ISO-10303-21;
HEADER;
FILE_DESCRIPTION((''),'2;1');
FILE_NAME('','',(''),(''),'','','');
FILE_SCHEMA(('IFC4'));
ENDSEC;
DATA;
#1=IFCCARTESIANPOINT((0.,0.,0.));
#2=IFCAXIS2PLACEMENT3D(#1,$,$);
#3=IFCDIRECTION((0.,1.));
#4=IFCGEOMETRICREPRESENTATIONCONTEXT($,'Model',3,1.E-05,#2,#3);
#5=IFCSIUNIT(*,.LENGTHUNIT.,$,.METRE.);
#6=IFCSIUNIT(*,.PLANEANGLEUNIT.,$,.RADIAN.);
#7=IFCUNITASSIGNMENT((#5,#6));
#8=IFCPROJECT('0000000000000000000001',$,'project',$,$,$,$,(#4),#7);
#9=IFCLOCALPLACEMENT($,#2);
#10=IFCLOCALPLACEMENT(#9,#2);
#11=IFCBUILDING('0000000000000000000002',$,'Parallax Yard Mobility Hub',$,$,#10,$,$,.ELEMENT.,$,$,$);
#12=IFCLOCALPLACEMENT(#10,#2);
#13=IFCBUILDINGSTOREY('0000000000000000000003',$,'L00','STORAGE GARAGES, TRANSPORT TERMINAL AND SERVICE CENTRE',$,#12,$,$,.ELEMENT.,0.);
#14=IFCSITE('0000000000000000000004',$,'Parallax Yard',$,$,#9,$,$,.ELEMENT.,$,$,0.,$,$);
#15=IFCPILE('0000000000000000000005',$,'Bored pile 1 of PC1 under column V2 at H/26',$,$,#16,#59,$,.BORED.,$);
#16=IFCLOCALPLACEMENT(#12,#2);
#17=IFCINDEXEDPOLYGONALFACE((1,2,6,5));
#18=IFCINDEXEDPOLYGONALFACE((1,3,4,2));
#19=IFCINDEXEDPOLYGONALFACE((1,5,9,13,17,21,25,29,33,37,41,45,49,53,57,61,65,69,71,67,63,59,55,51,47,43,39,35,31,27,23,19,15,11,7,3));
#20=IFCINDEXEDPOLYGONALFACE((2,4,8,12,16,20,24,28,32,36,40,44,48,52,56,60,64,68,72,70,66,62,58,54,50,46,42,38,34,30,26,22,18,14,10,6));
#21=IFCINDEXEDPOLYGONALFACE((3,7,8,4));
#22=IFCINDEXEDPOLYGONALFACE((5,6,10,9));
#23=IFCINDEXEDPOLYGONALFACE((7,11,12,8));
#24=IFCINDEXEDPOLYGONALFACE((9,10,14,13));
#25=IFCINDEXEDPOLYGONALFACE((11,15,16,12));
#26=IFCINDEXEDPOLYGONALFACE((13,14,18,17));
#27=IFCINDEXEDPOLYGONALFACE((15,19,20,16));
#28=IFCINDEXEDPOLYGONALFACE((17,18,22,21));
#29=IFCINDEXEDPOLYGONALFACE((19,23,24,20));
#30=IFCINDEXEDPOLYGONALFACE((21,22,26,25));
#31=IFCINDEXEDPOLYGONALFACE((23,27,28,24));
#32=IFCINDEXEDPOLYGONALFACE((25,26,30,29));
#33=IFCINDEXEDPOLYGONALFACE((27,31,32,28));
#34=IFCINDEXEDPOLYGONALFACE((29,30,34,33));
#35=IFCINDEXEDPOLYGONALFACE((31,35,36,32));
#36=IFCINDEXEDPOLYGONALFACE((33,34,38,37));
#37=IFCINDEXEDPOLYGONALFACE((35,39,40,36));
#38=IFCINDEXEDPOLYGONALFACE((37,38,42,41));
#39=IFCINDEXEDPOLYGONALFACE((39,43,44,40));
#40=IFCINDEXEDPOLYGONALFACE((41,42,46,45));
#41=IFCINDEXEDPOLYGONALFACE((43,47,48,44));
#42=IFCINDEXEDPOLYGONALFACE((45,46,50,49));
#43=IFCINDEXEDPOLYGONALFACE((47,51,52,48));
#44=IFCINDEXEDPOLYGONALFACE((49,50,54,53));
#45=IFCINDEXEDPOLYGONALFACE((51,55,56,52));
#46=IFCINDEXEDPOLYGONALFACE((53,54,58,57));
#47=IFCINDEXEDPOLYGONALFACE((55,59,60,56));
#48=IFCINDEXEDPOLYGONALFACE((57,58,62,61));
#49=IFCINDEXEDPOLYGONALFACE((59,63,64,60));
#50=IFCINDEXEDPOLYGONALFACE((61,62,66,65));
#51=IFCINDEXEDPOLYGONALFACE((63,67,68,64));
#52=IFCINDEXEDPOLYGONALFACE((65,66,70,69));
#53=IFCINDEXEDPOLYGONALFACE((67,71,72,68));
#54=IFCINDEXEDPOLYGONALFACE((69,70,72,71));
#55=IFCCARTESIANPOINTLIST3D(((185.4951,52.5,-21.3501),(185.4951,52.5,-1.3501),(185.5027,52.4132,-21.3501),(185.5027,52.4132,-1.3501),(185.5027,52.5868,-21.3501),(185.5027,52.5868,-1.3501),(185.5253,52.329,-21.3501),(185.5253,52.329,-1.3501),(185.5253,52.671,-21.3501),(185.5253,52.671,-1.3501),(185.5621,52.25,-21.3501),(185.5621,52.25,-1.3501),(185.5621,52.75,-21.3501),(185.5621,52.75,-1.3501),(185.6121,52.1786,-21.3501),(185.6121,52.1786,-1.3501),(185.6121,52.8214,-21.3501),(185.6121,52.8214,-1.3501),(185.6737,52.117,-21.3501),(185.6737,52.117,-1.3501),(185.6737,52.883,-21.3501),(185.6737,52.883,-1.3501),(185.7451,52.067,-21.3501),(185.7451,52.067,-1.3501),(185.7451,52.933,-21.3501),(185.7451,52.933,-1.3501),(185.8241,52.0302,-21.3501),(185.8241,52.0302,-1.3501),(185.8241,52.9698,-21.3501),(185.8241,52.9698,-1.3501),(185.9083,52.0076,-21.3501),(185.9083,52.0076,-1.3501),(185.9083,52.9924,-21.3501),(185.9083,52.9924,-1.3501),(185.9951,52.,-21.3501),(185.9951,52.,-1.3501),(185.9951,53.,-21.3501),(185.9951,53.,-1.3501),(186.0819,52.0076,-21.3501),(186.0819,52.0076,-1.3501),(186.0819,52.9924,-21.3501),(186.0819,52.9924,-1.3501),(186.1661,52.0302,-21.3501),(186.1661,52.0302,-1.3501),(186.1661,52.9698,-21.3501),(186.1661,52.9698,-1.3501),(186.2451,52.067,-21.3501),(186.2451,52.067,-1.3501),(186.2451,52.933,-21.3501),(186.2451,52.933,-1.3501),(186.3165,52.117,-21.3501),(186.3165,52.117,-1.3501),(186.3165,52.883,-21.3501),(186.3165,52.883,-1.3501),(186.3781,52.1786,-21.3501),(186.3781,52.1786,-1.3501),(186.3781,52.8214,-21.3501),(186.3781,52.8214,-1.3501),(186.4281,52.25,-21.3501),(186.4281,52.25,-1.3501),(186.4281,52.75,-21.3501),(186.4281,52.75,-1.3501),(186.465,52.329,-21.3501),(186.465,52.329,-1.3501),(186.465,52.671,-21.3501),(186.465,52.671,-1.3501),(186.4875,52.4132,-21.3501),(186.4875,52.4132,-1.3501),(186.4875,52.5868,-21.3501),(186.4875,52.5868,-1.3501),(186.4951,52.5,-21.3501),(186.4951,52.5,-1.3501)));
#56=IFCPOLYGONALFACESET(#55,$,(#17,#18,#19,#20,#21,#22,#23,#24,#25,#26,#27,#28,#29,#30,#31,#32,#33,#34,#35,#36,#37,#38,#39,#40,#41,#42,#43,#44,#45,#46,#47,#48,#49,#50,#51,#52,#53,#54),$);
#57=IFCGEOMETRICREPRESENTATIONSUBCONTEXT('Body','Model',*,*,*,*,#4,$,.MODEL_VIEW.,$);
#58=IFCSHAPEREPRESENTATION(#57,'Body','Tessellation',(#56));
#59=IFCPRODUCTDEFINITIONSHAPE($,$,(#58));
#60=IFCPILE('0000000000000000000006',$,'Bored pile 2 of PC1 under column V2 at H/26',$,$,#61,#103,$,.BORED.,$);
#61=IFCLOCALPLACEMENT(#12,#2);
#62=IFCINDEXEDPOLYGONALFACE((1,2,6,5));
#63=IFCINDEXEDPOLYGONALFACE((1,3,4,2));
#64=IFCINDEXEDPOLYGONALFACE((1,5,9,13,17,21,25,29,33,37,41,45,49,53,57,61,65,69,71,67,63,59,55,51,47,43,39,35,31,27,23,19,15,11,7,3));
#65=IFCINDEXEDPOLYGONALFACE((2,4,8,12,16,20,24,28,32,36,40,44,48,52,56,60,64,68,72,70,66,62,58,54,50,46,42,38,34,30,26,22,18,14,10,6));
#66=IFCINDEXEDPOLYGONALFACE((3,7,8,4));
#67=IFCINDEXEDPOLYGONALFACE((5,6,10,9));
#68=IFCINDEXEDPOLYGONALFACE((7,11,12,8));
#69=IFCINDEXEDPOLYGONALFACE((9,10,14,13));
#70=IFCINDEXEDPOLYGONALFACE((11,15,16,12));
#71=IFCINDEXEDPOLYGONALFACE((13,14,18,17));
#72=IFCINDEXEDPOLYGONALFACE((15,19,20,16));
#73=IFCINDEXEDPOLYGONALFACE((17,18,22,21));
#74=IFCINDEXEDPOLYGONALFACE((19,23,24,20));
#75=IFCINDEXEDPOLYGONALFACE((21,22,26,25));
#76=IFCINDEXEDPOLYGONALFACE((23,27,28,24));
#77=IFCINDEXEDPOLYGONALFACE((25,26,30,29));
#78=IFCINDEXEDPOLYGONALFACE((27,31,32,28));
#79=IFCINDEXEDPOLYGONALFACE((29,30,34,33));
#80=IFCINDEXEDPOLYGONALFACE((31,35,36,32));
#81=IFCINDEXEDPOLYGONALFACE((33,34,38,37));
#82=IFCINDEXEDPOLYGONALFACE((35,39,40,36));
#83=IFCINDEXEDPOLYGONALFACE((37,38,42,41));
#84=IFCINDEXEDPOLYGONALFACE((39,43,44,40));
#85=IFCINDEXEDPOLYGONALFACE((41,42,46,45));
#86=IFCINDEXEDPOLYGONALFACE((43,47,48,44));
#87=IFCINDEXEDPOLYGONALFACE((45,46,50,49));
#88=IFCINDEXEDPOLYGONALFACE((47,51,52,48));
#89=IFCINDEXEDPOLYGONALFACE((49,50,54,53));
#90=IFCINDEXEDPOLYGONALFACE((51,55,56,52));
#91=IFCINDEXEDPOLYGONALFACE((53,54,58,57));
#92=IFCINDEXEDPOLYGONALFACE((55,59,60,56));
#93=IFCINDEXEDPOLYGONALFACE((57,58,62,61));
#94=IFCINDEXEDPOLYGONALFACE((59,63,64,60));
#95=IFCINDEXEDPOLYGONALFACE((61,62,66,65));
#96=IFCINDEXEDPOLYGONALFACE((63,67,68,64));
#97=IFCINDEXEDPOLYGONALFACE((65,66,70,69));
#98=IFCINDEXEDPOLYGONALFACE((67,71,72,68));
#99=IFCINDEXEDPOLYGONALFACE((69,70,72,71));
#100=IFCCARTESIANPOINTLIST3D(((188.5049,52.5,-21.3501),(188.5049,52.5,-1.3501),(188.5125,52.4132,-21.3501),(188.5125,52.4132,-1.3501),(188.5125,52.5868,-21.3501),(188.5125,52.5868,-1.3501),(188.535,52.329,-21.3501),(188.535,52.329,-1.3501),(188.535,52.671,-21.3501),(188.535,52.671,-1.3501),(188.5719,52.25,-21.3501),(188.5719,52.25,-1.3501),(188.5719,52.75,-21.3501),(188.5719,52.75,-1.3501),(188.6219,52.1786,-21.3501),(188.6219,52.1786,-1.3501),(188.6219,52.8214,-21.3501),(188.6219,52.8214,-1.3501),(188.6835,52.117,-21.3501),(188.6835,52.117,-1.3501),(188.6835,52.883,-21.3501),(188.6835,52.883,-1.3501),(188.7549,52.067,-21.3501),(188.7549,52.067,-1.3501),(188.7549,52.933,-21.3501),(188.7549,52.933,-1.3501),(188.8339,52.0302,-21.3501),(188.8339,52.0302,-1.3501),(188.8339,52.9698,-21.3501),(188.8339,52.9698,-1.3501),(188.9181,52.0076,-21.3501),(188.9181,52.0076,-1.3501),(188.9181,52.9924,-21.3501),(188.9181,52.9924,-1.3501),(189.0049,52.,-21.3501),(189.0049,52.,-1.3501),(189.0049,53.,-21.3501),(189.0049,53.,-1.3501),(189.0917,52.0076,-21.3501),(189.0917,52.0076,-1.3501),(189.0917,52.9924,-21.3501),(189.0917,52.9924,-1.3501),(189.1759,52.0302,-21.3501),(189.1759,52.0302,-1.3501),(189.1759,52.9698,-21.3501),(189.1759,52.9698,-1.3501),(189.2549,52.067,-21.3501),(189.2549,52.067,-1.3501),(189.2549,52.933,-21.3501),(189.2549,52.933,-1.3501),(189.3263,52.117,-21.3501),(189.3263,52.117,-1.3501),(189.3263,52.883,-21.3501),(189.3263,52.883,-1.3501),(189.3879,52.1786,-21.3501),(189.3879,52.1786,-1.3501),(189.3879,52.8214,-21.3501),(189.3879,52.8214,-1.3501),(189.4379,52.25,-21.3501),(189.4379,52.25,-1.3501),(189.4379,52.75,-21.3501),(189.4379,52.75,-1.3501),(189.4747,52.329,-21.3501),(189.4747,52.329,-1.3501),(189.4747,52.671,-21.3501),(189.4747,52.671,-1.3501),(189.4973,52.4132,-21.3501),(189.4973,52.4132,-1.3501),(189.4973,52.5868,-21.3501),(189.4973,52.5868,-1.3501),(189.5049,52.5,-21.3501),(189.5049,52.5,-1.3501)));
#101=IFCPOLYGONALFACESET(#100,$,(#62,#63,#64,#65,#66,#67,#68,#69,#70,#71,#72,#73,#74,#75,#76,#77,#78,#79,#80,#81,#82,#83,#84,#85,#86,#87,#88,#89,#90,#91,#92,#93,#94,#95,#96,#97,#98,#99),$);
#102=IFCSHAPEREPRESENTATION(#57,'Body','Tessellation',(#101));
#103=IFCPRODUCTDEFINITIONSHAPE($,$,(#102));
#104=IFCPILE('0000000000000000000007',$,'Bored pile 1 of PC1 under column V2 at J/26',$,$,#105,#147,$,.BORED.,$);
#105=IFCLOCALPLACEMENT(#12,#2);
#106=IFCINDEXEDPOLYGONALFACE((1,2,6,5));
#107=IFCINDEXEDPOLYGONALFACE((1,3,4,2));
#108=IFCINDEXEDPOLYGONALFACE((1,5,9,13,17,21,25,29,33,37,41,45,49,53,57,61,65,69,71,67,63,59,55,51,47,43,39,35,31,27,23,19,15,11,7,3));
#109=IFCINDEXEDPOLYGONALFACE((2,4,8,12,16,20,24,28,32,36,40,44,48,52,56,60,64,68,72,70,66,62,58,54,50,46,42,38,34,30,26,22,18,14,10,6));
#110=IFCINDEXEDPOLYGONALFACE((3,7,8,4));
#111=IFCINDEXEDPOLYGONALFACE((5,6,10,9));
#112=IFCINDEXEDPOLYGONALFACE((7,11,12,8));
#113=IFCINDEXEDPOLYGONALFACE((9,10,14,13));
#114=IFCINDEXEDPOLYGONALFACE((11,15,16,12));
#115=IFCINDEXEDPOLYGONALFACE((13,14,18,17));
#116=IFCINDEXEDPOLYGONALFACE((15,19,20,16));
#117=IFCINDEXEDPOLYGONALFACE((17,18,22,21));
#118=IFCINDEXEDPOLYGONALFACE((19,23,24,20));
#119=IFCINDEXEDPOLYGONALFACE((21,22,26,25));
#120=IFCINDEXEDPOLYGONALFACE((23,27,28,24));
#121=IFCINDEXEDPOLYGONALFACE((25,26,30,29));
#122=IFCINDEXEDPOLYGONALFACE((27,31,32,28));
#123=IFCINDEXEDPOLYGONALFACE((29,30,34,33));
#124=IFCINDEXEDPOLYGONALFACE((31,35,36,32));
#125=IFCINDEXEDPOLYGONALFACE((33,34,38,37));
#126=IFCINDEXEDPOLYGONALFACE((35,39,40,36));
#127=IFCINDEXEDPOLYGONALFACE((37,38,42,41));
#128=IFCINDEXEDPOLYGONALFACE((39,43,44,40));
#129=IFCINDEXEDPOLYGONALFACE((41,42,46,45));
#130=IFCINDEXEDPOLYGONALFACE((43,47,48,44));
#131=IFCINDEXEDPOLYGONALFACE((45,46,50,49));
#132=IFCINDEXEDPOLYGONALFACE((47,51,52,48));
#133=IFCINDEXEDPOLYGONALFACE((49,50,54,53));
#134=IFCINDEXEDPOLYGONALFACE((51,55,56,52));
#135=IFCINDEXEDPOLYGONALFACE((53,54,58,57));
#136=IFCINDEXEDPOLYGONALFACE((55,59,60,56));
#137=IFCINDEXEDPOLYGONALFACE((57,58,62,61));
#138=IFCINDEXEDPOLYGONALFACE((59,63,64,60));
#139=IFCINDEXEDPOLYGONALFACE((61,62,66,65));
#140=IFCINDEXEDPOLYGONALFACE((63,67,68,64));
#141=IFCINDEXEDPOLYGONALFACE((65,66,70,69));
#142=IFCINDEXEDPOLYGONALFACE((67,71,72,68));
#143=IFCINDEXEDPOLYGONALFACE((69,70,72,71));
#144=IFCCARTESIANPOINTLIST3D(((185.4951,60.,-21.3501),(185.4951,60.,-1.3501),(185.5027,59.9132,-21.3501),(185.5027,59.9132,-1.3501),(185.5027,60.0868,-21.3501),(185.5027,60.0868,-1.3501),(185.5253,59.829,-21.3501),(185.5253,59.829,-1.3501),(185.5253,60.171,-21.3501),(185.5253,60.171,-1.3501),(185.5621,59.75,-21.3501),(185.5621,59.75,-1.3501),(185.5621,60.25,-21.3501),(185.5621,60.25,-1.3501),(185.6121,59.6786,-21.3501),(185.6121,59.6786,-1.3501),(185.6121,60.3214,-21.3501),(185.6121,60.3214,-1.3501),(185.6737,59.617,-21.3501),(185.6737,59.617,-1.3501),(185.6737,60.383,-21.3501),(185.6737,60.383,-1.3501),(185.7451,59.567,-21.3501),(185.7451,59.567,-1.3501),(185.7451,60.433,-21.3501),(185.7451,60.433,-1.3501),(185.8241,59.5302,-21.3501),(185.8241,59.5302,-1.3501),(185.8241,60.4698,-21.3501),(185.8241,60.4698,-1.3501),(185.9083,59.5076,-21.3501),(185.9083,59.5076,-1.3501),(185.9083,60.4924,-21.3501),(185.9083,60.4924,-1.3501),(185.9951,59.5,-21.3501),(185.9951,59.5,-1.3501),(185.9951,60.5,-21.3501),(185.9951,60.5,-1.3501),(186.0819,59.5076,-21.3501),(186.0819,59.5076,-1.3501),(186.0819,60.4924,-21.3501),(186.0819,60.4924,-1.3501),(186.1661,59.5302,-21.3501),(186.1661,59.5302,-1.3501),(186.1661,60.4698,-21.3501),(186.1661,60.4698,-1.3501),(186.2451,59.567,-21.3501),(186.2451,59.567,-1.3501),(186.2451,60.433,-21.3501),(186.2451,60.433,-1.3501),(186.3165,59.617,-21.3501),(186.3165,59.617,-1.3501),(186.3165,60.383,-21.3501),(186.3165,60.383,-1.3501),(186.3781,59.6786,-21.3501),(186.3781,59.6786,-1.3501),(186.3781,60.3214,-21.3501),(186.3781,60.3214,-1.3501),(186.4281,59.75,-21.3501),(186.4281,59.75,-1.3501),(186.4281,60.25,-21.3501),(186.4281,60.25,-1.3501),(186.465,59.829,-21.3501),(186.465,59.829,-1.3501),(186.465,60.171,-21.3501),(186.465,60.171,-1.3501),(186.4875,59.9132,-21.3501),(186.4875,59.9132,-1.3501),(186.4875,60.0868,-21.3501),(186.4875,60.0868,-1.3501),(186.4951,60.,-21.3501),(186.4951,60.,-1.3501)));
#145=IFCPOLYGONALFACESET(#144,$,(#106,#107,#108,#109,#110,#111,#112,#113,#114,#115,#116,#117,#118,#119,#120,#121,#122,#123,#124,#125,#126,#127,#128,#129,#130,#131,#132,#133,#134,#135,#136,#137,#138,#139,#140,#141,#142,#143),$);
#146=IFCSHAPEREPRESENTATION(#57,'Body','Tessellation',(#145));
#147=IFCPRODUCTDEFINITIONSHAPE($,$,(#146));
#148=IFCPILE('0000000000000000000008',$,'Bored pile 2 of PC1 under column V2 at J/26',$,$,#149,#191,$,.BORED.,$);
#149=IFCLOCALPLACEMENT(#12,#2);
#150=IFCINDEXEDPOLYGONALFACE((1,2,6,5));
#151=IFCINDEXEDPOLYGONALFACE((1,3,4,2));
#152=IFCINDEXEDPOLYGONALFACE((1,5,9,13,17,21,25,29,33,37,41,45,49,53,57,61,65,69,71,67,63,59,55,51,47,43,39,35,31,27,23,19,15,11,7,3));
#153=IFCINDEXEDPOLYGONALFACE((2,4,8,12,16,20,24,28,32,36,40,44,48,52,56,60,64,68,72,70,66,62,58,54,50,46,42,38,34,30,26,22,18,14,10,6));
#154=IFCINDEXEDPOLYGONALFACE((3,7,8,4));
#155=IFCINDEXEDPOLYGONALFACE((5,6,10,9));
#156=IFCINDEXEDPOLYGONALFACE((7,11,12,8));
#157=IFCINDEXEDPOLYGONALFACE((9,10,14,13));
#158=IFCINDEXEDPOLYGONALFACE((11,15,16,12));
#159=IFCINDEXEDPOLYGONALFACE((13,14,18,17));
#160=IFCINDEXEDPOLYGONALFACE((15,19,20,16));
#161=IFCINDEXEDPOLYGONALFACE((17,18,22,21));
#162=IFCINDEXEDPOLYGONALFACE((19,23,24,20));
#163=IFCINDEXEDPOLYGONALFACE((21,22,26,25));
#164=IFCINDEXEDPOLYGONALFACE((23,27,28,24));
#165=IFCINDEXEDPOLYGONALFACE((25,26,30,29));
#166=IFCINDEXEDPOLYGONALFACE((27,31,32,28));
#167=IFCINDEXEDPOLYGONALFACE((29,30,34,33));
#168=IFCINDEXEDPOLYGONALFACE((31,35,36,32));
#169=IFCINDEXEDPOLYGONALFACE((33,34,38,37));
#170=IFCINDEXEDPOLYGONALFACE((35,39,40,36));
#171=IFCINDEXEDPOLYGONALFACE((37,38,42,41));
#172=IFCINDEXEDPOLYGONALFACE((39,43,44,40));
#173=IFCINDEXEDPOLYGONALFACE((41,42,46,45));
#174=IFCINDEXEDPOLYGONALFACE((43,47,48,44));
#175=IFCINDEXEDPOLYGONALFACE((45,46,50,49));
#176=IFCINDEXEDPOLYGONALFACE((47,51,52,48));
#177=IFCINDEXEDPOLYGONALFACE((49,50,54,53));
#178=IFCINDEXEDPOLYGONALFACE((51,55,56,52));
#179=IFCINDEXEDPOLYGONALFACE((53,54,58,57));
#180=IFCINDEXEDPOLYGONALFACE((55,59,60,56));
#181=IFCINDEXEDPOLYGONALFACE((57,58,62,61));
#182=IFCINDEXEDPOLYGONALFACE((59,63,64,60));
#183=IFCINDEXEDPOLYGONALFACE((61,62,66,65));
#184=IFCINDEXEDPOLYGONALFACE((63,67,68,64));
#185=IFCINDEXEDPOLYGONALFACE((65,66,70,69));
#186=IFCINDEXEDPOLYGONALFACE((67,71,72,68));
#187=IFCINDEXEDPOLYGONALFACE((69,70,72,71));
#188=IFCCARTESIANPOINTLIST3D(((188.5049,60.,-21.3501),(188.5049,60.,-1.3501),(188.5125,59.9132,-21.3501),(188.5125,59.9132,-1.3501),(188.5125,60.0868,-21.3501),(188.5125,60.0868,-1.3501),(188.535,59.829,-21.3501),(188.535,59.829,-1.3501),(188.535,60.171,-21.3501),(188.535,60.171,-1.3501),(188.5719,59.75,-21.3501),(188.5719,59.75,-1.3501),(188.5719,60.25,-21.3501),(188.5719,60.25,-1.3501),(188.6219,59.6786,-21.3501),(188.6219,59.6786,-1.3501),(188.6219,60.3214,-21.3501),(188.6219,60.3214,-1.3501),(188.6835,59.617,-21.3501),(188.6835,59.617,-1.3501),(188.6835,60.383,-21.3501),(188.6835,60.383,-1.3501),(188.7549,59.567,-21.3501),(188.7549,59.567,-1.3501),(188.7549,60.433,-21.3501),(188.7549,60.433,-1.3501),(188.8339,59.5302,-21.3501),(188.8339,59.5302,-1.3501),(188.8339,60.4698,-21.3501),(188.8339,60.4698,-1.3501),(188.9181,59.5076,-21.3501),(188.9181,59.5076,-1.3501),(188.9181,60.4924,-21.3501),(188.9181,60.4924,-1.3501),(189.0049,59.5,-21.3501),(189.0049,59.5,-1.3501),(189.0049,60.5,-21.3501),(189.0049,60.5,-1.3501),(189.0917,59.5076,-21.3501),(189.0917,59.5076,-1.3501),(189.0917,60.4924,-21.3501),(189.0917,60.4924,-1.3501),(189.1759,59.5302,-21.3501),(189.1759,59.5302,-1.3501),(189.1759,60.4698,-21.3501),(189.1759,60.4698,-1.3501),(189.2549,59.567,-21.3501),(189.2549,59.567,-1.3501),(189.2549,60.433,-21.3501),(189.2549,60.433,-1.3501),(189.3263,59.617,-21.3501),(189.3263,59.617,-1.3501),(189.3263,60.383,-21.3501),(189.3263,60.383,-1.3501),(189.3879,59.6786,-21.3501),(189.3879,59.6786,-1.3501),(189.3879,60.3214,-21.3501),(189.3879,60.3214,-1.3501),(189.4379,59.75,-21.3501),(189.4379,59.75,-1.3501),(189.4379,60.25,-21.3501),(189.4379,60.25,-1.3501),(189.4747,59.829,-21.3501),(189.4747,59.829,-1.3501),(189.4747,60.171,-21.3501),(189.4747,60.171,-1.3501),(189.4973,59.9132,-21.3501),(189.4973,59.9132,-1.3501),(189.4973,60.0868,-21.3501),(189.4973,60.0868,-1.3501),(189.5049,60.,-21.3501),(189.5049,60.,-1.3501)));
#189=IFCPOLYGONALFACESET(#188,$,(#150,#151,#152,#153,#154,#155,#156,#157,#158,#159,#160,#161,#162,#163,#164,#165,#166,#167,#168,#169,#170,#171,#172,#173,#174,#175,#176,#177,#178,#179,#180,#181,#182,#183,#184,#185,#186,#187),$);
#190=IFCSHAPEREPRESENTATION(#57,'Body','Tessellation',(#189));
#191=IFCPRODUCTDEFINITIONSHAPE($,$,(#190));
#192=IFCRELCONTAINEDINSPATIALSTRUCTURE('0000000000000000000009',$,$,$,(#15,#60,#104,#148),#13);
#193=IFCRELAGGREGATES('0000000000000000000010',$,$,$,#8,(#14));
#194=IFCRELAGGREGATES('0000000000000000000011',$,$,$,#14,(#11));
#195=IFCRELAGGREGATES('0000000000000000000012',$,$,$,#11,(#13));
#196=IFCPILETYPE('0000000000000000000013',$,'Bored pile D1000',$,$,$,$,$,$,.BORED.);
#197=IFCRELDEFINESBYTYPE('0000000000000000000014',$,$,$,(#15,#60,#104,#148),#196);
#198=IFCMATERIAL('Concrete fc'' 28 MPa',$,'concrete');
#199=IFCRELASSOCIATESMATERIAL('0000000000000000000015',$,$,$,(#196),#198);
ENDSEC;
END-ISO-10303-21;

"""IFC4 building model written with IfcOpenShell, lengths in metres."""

from ifc_helpers import new_model, si_unit, direction, frame, origin, origin_2d, place, context, subcontext, project, spatial, circle, extrude, material, material_profile, profile_set, type_object, element, save


model = new_model("IFC4")

# Units and contexts
model_context = context("Model", 3, precision=1e-05, world=origin(), true_north=direction((0.0, 1.0)))
body_context = subcontext(model_context, "Body", "Model", "MODEL_VIEW")
ifc_project = project(units=[si_unit("LENGTHUNIT", "METRE"), si_unit("PLANEANGLEUNIT", "RADIAN")], contexts=[model_context])

# Site, building, storey
site_placement = place(None, origin())
site = spatial("IfcSite", under=ifc_project, at=site_placement, Name="Parallax Yard", CompositionType="ELEMENT", RefElevation=0.0)
building_placement = place(site_placement, origin())
building = spatial("IfcBuilding", under=site, at=building_placement, Name="Parallax Yard Mobility Hub", CompositionType="ELEMENT")
storey_placement = place(building_placement, origin())
storey = spatial("IfcBuildingStorey", under=building, at=storey_placement, Name="L00", Description="STORAGE GARAGES, TRANSPORT TERMINAL AND SERVICE CENTRE", CompositionType="ELEMENT", Elevation=0.0)

# Piles
ifc_material_1 = material(Name="Concrete fc' 28 MPa", Category="concrete")
ifc_material_profile_1 = material_profile(ifc_material_1, circle(Radius=0.5, at=origin_2d()), Name="Bored pile D1000")
ifc_profile_set_1 = profile_set([ifc_material_profile_1], Name="Concrete fc' 28 MPa")
pile_type = type_object("IfcPileType", Name="Bored pile D1000", PredefinedType="BORED", material=ifc_profile_set_1)
for number, where, z_axis, x_axis, name in (
    (1, (185.9951, 52.5, -1.3501), (0.0, 0.0, -1.0), (1.0, 0.0, 0.0), "Bored pile 1 of PC1 under column V2 at H/26"),
    (2, (189.0049, 52.5, -1.3501), (0.0, 0.0, -1.0), (1.0, 0.0, 0.0), "Bored pile 2 of PC1 under column V2 at H/26"),
    (3, (185.9951, 60.0, -1.3501), (0.0, 0.0, -1.0), (1.0, 0.0, 0.0), "Bored pile 1 of PC1 under column V2 at J/26"),
    (4, (189.0049, 60.0, -1.3501), (0.0, 0.0, -1.0), (1.0, 0.0, 0.0), "Bored pile 2 of PC1 under column V2 at J/26"),
):
    element("IfcPile", number, at=place(storey_placement, frame(where, z_axis=z_axis, x_axis=x_axis)), inside=storey, type_object=pile_type, Name=name, PredefinedType="BORED", context=body_context, shape_type="SweptSolid", body=[
        extrude(circle(Radius=0.5, at=origin_2d()), origin(), (0.0, 0.0, 1.0), 20.0),
    ])

save(model, "model.ifc")
